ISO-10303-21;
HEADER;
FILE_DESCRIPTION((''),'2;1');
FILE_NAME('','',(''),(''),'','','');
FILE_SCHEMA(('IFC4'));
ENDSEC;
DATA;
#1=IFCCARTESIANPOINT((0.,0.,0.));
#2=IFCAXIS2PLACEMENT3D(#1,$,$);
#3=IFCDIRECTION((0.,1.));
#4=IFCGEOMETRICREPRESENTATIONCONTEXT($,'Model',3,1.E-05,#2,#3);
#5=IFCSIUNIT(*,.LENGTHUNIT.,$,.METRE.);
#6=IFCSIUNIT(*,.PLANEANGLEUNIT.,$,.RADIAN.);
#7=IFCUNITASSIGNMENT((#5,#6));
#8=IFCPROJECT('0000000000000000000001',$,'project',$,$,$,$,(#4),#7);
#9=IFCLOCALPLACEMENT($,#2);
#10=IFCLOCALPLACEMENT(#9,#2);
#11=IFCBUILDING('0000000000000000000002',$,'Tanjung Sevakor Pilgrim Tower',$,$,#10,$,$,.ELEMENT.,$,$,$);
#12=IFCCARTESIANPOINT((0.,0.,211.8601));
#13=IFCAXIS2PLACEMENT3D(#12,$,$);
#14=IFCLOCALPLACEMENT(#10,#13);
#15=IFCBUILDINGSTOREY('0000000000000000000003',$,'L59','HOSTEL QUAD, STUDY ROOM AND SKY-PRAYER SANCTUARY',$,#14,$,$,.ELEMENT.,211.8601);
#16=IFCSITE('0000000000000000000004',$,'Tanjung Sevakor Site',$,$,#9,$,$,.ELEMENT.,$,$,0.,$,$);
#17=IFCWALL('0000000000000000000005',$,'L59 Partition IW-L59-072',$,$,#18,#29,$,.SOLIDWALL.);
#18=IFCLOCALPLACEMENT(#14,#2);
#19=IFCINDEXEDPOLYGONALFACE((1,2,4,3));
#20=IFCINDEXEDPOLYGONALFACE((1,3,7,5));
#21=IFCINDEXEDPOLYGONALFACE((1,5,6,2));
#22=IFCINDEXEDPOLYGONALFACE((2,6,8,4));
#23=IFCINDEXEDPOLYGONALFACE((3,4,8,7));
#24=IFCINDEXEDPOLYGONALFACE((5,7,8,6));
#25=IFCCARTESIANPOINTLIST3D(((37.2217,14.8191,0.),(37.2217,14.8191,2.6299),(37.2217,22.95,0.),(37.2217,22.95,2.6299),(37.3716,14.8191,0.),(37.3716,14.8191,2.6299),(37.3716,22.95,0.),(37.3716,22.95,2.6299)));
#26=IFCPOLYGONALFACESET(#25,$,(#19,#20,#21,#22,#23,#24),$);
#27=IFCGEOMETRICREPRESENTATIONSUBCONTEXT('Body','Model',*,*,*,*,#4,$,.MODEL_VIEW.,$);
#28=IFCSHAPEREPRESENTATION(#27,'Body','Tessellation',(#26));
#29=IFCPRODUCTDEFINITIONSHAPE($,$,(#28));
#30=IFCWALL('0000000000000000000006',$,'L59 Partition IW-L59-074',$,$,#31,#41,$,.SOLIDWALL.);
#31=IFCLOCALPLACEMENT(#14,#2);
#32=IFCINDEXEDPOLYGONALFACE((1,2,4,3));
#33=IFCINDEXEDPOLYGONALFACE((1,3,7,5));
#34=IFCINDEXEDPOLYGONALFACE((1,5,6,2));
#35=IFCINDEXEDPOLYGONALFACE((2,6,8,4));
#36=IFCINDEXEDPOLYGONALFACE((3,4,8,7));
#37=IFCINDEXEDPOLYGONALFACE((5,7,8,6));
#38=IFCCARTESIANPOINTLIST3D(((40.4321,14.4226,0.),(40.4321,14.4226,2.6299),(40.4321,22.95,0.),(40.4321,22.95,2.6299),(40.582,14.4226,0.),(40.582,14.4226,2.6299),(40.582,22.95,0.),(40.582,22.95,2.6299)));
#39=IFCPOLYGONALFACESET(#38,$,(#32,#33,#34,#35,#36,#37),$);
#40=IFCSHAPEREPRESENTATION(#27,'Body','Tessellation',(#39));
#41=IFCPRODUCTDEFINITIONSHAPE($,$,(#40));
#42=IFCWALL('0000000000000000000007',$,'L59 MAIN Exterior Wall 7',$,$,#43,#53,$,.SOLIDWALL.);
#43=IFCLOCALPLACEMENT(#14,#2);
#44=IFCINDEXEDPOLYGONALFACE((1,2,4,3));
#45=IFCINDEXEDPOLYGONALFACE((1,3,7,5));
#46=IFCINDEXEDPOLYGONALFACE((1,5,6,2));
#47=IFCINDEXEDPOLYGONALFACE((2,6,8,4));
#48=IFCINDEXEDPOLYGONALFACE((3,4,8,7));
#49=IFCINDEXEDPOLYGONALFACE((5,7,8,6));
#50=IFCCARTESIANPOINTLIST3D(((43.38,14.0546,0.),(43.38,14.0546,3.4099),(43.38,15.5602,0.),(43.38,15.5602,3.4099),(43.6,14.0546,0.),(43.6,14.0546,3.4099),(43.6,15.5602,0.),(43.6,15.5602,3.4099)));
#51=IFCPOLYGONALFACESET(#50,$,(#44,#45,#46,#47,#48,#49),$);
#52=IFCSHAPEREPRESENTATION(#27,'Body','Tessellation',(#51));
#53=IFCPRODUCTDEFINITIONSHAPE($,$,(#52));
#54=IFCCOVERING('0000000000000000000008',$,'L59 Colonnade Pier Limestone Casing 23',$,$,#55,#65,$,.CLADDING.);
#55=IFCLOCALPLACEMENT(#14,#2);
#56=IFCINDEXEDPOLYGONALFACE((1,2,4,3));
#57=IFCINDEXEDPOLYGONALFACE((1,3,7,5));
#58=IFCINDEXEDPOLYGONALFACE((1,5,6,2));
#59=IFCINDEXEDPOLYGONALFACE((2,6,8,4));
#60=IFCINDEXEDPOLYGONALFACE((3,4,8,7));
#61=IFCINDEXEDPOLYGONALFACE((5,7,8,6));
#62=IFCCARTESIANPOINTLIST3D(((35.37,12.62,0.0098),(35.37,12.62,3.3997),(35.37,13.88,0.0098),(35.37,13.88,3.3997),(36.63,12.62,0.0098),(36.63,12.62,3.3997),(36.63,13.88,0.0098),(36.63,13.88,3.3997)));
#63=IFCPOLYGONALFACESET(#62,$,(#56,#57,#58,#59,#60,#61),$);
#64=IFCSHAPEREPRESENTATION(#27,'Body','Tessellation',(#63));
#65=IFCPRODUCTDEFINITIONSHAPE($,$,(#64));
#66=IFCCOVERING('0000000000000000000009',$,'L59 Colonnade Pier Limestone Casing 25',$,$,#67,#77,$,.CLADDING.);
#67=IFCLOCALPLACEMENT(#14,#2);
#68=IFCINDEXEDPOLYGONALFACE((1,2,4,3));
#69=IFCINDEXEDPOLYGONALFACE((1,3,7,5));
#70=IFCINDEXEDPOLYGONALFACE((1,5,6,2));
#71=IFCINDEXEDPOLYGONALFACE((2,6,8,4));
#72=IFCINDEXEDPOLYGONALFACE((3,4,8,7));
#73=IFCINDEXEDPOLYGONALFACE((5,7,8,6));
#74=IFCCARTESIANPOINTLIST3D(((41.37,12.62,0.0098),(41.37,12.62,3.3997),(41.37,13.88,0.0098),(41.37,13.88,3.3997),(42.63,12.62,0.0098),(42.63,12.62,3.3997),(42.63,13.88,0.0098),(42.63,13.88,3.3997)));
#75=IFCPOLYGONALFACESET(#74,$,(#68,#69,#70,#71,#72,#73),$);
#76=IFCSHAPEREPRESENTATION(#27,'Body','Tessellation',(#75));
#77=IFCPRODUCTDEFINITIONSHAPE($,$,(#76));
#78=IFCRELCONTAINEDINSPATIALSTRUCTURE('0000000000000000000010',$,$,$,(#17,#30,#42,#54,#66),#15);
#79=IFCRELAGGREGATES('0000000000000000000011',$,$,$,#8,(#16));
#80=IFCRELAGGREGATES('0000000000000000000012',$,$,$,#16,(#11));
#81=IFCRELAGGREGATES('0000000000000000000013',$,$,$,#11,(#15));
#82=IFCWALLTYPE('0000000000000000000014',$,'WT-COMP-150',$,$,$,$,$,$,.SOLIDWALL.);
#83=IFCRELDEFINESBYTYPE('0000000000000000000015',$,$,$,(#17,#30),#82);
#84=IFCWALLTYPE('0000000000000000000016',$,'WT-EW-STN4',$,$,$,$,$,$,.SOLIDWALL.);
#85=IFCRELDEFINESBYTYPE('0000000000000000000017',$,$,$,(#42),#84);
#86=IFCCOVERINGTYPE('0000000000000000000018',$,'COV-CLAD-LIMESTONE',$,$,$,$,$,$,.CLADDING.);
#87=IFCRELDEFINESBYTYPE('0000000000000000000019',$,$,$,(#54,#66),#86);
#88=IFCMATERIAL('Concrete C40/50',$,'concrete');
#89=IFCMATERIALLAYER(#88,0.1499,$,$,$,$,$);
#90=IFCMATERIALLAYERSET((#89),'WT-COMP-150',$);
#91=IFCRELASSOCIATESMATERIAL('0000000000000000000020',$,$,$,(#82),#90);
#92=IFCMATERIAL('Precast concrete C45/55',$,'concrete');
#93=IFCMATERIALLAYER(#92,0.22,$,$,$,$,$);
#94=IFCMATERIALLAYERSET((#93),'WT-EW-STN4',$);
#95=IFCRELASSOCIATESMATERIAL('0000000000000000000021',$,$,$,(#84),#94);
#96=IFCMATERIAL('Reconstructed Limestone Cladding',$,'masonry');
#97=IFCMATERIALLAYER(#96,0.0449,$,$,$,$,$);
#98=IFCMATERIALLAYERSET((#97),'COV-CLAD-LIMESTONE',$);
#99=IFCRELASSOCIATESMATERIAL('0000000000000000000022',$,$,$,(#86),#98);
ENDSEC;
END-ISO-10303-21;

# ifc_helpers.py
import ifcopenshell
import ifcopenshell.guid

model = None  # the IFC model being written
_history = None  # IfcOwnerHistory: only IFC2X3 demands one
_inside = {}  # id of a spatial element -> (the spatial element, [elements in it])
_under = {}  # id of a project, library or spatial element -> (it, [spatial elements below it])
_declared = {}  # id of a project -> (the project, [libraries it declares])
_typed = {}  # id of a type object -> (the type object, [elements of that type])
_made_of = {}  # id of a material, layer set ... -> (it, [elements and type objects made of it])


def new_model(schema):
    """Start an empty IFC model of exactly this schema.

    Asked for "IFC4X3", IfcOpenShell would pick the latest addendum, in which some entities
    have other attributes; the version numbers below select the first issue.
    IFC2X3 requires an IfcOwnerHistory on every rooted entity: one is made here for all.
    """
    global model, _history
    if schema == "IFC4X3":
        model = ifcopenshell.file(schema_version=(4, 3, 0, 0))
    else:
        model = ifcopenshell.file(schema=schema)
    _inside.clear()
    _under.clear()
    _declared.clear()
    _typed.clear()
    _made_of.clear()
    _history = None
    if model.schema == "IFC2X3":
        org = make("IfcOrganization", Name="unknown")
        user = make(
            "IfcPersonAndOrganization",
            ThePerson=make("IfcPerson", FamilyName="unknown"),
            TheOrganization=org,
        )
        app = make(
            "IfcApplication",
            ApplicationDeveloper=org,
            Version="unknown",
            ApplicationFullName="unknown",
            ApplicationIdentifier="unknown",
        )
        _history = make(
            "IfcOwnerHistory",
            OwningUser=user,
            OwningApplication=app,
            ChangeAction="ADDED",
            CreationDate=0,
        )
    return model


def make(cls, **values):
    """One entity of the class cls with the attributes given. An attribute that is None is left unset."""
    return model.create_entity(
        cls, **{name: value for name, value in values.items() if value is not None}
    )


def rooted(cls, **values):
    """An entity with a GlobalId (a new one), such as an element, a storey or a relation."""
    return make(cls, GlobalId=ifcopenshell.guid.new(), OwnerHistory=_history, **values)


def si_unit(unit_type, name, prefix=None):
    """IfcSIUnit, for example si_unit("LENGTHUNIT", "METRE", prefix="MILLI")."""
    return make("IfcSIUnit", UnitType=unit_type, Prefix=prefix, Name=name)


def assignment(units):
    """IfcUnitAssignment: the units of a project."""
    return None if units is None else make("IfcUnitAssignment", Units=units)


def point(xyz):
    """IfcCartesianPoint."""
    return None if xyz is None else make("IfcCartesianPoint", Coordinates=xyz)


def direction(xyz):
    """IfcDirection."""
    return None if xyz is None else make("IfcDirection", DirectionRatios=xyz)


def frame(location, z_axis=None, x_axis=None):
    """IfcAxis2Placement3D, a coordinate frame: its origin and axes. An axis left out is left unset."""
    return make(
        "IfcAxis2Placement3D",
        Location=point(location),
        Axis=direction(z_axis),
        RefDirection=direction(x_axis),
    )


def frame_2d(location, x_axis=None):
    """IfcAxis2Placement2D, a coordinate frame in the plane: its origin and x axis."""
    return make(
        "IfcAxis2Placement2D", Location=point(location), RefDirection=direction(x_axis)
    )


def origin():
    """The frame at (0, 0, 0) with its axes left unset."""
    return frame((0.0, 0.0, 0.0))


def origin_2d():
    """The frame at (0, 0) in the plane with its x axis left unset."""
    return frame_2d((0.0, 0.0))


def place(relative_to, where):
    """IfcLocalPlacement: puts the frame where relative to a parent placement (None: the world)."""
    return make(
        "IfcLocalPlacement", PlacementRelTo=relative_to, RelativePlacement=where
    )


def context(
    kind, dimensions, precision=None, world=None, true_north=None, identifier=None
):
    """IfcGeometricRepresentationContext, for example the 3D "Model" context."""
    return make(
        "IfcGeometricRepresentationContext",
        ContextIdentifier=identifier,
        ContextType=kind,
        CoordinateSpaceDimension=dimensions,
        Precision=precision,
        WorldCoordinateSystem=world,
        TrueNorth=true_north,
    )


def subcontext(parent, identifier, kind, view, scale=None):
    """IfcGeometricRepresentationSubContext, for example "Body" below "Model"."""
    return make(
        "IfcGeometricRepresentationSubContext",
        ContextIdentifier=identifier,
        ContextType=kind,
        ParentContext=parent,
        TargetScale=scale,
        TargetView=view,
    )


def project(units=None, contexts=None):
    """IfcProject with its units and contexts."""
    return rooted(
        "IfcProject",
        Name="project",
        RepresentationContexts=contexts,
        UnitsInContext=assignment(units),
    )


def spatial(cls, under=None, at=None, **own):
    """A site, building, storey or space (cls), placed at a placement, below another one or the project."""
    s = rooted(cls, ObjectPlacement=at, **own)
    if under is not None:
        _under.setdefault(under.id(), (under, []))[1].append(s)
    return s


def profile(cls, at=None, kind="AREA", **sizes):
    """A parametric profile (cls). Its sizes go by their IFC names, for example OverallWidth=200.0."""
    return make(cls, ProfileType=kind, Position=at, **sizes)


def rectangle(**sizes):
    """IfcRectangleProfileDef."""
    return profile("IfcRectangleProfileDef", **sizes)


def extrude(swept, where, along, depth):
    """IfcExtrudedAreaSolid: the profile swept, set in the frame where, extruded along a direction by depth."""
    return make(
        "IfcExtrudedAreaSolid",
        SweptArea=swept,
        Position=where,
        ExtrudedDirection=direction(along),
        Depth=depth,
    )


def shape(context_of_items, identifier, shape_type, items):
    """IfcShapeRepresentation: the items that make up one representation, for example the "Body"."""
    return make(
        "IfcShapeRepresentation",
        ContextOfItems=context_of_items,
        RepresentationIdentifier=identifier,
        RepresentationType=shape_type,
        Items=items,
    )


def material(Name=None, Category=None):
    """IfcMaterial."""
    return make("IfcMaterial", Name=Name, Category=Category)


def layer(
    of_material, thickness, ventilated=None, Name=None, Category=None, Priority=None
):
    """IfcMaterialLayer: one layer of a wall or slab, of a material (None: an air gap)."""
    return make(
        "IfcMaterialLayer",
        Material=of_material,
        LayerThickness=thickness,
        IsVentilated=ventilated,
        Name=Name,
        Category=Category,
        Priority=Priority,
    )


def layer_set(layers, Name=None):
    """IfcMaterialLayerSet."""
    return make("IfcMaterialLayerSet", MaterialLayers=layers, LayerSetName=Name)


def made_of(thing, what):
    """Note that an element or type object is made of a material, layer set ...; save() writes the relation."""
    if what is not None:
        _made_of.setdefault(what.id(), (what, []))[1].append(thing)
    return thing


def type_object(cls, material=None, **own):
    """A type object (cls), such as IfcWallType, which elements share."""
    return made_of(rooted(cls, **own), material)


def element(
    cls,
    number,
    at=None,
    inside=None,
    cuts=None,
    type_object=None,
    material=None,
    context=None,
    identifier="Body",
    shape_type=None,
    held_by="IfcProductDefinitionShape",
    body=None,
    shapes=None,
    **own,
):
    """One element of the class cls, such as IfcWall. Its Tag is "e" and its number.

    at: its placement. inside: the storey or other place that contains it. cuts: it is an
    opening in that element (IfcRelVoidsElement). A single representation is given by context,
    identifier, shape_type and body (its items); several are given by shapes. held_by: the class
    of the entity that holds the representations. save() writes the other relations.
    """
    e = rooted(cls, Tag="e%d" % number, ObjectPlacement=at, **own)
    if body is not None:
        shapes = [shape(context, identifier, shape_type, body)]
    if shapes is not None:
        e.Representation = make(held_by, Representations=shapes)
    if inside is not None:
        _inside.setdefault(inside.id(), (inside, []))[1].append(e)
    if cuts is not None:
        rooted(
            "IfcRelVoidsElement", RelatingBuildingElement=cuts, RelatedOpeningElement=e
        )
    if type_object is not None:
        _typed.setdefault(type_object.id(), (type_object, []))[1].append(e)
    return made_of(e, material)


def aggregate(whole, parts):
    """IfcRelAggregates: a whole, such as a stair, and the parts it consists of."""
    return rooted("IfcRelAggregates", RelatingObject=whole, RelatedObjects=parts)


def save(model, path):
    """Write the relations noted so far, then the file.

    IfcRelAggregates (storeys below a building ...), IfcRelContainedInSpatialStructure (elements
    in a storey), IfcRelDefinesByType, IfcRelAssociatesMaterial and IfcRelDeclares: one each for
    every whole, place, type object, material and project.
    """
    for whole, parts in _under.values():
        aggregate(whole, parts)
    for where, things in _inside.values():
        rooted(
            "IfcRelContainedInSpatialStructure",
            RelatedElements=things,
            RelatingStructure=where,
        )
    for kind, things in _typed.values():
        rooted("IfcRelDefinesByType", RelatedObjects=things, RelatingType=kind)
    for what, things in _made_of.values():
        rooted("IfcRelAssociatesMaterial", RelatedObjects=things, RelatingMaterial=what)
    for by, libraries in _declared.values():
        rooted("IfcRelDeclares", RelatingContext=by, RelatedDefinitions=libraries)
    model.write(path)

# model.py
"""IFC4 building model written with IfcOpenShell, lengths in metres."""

from ifc_helpers import new_model, si_unit, direction, frame, frame_2d, origin, origin_2d, place, context, subcontext, project, spatial, rectangle, extrude, material, layer, layer_set, type_object, element, save


model = new_model("IFC4")

# Units and contexts
model_context = context("Model", 3, precision=1e-05, world=origin(), true_north=direction((0.0, 1.0)))
body_context = subcontext(model_context, "Body", "Model", "MODEL_VIEW")
ifc_project = project(units=[si_unit("LENGTHUNIT", "METRE"), si_unit("PLANEANGLEUNIT", "RADIAN")], contexts=[model_context])

# Site, building, storey
site_placement = place(None, origin())
site = spatial("IfcSite", under=ifc_project, at=site_placement, Name="Tanjung Sevakor Site", CompositionType="ELEMENT", RefElevation=0.0)
building_placement = place(site_placement, origin())
building = spatial("IfcBuilding", under=site, at=building_placement, Name="Tanjung Sevakor Pilgrim Tower", CompositionType="ELEMENT")
storey_placement = place(building_placement, frame((0.0, 0.0, 211.8601)))
storey = spatial("IfcBuildingStorey", under=building, at=storey_placement, Name="L59", Description="HOSTEL QUAD, STUDY ROOM AND SKY-PRAYER SANCTUARY", CompositionType="ELEMENT", Elevation=211.8601)

# Walls
ifc_material_1 = material(Name="Concrete C40/50", Category="concrete")
ifc_layer_1 = layer(ifc_material_1, 0.1499)
ifc_layer_set_1 = layer_set([ifc_layer_1], Name="WT-COMP-150")
wall_type_1 = type_object("IfcWallType", Name="WT-COMP-150", PredefinedType="SOLIDWALL", material=ifc_layer_set_1)
wall_1_placement = place(storey_placement, frame((37.2966, 14.8191, 0.0), z_axis=(0.0, 0.0, 1.0), x_axis=(0.0, 1.0, 0.0)))
element("IfcWall", 1, at=wall_1_placement, inside=storey, type_object=wall_type_1, Name="L59 Partition IW-L59-072", PredefinedType="SOLIDWALL", context=body_context, shape_type="SweptSolid", body=[
    extrude(rectangle(XDim=8.1309, YDim=0.1499, at=frame_2d((4.0654, 0.0))), origin(), (0.0, 0.0, 1.0), 2.6299),
])
wall_2_placement = place(storey_placement, frame((40.5071, 14.4226, 0.0), z_axis=(0.0, 0.0, 1.0), x_axis=(0.0, 1.0, 0.0)))
element("IfcWall", 2, at=wall_2_placement, inside=storey, type_object=wall_type_1, Name="L59 Partition IW-L59-074", PredefinedType="SOLIDWALL", context=body_context, shape_type="SweptSolid", body=[
    extrude(rectangle(XDim=8.5273, YDim=0.1499, at=frame_2d((4.2637, 0.0))), origin(), (0.0, 0.0, 1.0), 2.6299),
])

# Wall
ifc_material_2 = material(Name="Precast concrete C45/55", Category="concrete")
ifc_layer_2 = layer(ifc_material_2, 0.22)
ifc_layer_set_2 = layer_set([ifc_layer_2], Name="WT-EW-STN4")
wall_type_2 = type_object("IfcWallType", Name="WT-EW-STN4", PredefinedType="SOLIDWALL", material=ifc_layer_set_2)
wall_3_placement = place(storey_placement, frame((43.49, 14.0544, 0.0), z_axis=(0.0, 0.0, 1.0), x_axis=(0.0, 1.0, 0.0)))
element("IfcWall", 3, at=wall_3_placement, inside=storey, type_object=wall_type_2, Name="L59 MAIN Exterior Wall 7", PredefinedType="SOLIDWALL", context=body_context, shape_type="SweptSolid", body=[
    extrude(rectangle(XDim=1.5056, YDim=0.22, at=frame_2d((0.7529, 0.0))), origin(), (0.0, 0.0, 1.0), 3.4099),
])

# Coverings
ifc_material_3 = material(Name="Reconstructed Limestone Cladding", Category="masonry")
ifc_layer_3 = layer(ifc_material_3, 0.0449)
ifc_layer_set_3 = layer_set([ifc_layer_3], Name="COV-CLAD-LIMESTONE")
covering_type = type_object("IfcCoveringType", Name="COV-CLAD-LIMESTONE", PredefinedType="CLADDING", material=ifc_layer_set_3)
for number, where, z_axis, x_axis, name in (
    (4, (36.0, 13.25, 0.0098), (0.0, 0.0, 1.0), (1.0, 0.0, 0.0), "L59 Colonnade Pier Limestone Casing 23"),
    (5, (42.0, 13.25, 0.0098), (0.0, 0.0, 1.0), (1.0, 0.0, 0.0), "L59 Colonnade Pier Limestone Casing 25"),
):
    element("IfcCovering", number, at=place(storey_placement, frame(where, z_axis=z_axis, x_axis=x_axis)), inside=storey, type_object=covering_type, Name=name, PredefinedType="CLADDING", context=body_context, shape_type="SweptSolid", body=[
        extrude(rectangle(XDim=1.26, YDim=1.26, at=origin_2d()), origin(), (0.0, 0.0, 1.0), 3.3899),
    ])

save(model, "model.ifc")
